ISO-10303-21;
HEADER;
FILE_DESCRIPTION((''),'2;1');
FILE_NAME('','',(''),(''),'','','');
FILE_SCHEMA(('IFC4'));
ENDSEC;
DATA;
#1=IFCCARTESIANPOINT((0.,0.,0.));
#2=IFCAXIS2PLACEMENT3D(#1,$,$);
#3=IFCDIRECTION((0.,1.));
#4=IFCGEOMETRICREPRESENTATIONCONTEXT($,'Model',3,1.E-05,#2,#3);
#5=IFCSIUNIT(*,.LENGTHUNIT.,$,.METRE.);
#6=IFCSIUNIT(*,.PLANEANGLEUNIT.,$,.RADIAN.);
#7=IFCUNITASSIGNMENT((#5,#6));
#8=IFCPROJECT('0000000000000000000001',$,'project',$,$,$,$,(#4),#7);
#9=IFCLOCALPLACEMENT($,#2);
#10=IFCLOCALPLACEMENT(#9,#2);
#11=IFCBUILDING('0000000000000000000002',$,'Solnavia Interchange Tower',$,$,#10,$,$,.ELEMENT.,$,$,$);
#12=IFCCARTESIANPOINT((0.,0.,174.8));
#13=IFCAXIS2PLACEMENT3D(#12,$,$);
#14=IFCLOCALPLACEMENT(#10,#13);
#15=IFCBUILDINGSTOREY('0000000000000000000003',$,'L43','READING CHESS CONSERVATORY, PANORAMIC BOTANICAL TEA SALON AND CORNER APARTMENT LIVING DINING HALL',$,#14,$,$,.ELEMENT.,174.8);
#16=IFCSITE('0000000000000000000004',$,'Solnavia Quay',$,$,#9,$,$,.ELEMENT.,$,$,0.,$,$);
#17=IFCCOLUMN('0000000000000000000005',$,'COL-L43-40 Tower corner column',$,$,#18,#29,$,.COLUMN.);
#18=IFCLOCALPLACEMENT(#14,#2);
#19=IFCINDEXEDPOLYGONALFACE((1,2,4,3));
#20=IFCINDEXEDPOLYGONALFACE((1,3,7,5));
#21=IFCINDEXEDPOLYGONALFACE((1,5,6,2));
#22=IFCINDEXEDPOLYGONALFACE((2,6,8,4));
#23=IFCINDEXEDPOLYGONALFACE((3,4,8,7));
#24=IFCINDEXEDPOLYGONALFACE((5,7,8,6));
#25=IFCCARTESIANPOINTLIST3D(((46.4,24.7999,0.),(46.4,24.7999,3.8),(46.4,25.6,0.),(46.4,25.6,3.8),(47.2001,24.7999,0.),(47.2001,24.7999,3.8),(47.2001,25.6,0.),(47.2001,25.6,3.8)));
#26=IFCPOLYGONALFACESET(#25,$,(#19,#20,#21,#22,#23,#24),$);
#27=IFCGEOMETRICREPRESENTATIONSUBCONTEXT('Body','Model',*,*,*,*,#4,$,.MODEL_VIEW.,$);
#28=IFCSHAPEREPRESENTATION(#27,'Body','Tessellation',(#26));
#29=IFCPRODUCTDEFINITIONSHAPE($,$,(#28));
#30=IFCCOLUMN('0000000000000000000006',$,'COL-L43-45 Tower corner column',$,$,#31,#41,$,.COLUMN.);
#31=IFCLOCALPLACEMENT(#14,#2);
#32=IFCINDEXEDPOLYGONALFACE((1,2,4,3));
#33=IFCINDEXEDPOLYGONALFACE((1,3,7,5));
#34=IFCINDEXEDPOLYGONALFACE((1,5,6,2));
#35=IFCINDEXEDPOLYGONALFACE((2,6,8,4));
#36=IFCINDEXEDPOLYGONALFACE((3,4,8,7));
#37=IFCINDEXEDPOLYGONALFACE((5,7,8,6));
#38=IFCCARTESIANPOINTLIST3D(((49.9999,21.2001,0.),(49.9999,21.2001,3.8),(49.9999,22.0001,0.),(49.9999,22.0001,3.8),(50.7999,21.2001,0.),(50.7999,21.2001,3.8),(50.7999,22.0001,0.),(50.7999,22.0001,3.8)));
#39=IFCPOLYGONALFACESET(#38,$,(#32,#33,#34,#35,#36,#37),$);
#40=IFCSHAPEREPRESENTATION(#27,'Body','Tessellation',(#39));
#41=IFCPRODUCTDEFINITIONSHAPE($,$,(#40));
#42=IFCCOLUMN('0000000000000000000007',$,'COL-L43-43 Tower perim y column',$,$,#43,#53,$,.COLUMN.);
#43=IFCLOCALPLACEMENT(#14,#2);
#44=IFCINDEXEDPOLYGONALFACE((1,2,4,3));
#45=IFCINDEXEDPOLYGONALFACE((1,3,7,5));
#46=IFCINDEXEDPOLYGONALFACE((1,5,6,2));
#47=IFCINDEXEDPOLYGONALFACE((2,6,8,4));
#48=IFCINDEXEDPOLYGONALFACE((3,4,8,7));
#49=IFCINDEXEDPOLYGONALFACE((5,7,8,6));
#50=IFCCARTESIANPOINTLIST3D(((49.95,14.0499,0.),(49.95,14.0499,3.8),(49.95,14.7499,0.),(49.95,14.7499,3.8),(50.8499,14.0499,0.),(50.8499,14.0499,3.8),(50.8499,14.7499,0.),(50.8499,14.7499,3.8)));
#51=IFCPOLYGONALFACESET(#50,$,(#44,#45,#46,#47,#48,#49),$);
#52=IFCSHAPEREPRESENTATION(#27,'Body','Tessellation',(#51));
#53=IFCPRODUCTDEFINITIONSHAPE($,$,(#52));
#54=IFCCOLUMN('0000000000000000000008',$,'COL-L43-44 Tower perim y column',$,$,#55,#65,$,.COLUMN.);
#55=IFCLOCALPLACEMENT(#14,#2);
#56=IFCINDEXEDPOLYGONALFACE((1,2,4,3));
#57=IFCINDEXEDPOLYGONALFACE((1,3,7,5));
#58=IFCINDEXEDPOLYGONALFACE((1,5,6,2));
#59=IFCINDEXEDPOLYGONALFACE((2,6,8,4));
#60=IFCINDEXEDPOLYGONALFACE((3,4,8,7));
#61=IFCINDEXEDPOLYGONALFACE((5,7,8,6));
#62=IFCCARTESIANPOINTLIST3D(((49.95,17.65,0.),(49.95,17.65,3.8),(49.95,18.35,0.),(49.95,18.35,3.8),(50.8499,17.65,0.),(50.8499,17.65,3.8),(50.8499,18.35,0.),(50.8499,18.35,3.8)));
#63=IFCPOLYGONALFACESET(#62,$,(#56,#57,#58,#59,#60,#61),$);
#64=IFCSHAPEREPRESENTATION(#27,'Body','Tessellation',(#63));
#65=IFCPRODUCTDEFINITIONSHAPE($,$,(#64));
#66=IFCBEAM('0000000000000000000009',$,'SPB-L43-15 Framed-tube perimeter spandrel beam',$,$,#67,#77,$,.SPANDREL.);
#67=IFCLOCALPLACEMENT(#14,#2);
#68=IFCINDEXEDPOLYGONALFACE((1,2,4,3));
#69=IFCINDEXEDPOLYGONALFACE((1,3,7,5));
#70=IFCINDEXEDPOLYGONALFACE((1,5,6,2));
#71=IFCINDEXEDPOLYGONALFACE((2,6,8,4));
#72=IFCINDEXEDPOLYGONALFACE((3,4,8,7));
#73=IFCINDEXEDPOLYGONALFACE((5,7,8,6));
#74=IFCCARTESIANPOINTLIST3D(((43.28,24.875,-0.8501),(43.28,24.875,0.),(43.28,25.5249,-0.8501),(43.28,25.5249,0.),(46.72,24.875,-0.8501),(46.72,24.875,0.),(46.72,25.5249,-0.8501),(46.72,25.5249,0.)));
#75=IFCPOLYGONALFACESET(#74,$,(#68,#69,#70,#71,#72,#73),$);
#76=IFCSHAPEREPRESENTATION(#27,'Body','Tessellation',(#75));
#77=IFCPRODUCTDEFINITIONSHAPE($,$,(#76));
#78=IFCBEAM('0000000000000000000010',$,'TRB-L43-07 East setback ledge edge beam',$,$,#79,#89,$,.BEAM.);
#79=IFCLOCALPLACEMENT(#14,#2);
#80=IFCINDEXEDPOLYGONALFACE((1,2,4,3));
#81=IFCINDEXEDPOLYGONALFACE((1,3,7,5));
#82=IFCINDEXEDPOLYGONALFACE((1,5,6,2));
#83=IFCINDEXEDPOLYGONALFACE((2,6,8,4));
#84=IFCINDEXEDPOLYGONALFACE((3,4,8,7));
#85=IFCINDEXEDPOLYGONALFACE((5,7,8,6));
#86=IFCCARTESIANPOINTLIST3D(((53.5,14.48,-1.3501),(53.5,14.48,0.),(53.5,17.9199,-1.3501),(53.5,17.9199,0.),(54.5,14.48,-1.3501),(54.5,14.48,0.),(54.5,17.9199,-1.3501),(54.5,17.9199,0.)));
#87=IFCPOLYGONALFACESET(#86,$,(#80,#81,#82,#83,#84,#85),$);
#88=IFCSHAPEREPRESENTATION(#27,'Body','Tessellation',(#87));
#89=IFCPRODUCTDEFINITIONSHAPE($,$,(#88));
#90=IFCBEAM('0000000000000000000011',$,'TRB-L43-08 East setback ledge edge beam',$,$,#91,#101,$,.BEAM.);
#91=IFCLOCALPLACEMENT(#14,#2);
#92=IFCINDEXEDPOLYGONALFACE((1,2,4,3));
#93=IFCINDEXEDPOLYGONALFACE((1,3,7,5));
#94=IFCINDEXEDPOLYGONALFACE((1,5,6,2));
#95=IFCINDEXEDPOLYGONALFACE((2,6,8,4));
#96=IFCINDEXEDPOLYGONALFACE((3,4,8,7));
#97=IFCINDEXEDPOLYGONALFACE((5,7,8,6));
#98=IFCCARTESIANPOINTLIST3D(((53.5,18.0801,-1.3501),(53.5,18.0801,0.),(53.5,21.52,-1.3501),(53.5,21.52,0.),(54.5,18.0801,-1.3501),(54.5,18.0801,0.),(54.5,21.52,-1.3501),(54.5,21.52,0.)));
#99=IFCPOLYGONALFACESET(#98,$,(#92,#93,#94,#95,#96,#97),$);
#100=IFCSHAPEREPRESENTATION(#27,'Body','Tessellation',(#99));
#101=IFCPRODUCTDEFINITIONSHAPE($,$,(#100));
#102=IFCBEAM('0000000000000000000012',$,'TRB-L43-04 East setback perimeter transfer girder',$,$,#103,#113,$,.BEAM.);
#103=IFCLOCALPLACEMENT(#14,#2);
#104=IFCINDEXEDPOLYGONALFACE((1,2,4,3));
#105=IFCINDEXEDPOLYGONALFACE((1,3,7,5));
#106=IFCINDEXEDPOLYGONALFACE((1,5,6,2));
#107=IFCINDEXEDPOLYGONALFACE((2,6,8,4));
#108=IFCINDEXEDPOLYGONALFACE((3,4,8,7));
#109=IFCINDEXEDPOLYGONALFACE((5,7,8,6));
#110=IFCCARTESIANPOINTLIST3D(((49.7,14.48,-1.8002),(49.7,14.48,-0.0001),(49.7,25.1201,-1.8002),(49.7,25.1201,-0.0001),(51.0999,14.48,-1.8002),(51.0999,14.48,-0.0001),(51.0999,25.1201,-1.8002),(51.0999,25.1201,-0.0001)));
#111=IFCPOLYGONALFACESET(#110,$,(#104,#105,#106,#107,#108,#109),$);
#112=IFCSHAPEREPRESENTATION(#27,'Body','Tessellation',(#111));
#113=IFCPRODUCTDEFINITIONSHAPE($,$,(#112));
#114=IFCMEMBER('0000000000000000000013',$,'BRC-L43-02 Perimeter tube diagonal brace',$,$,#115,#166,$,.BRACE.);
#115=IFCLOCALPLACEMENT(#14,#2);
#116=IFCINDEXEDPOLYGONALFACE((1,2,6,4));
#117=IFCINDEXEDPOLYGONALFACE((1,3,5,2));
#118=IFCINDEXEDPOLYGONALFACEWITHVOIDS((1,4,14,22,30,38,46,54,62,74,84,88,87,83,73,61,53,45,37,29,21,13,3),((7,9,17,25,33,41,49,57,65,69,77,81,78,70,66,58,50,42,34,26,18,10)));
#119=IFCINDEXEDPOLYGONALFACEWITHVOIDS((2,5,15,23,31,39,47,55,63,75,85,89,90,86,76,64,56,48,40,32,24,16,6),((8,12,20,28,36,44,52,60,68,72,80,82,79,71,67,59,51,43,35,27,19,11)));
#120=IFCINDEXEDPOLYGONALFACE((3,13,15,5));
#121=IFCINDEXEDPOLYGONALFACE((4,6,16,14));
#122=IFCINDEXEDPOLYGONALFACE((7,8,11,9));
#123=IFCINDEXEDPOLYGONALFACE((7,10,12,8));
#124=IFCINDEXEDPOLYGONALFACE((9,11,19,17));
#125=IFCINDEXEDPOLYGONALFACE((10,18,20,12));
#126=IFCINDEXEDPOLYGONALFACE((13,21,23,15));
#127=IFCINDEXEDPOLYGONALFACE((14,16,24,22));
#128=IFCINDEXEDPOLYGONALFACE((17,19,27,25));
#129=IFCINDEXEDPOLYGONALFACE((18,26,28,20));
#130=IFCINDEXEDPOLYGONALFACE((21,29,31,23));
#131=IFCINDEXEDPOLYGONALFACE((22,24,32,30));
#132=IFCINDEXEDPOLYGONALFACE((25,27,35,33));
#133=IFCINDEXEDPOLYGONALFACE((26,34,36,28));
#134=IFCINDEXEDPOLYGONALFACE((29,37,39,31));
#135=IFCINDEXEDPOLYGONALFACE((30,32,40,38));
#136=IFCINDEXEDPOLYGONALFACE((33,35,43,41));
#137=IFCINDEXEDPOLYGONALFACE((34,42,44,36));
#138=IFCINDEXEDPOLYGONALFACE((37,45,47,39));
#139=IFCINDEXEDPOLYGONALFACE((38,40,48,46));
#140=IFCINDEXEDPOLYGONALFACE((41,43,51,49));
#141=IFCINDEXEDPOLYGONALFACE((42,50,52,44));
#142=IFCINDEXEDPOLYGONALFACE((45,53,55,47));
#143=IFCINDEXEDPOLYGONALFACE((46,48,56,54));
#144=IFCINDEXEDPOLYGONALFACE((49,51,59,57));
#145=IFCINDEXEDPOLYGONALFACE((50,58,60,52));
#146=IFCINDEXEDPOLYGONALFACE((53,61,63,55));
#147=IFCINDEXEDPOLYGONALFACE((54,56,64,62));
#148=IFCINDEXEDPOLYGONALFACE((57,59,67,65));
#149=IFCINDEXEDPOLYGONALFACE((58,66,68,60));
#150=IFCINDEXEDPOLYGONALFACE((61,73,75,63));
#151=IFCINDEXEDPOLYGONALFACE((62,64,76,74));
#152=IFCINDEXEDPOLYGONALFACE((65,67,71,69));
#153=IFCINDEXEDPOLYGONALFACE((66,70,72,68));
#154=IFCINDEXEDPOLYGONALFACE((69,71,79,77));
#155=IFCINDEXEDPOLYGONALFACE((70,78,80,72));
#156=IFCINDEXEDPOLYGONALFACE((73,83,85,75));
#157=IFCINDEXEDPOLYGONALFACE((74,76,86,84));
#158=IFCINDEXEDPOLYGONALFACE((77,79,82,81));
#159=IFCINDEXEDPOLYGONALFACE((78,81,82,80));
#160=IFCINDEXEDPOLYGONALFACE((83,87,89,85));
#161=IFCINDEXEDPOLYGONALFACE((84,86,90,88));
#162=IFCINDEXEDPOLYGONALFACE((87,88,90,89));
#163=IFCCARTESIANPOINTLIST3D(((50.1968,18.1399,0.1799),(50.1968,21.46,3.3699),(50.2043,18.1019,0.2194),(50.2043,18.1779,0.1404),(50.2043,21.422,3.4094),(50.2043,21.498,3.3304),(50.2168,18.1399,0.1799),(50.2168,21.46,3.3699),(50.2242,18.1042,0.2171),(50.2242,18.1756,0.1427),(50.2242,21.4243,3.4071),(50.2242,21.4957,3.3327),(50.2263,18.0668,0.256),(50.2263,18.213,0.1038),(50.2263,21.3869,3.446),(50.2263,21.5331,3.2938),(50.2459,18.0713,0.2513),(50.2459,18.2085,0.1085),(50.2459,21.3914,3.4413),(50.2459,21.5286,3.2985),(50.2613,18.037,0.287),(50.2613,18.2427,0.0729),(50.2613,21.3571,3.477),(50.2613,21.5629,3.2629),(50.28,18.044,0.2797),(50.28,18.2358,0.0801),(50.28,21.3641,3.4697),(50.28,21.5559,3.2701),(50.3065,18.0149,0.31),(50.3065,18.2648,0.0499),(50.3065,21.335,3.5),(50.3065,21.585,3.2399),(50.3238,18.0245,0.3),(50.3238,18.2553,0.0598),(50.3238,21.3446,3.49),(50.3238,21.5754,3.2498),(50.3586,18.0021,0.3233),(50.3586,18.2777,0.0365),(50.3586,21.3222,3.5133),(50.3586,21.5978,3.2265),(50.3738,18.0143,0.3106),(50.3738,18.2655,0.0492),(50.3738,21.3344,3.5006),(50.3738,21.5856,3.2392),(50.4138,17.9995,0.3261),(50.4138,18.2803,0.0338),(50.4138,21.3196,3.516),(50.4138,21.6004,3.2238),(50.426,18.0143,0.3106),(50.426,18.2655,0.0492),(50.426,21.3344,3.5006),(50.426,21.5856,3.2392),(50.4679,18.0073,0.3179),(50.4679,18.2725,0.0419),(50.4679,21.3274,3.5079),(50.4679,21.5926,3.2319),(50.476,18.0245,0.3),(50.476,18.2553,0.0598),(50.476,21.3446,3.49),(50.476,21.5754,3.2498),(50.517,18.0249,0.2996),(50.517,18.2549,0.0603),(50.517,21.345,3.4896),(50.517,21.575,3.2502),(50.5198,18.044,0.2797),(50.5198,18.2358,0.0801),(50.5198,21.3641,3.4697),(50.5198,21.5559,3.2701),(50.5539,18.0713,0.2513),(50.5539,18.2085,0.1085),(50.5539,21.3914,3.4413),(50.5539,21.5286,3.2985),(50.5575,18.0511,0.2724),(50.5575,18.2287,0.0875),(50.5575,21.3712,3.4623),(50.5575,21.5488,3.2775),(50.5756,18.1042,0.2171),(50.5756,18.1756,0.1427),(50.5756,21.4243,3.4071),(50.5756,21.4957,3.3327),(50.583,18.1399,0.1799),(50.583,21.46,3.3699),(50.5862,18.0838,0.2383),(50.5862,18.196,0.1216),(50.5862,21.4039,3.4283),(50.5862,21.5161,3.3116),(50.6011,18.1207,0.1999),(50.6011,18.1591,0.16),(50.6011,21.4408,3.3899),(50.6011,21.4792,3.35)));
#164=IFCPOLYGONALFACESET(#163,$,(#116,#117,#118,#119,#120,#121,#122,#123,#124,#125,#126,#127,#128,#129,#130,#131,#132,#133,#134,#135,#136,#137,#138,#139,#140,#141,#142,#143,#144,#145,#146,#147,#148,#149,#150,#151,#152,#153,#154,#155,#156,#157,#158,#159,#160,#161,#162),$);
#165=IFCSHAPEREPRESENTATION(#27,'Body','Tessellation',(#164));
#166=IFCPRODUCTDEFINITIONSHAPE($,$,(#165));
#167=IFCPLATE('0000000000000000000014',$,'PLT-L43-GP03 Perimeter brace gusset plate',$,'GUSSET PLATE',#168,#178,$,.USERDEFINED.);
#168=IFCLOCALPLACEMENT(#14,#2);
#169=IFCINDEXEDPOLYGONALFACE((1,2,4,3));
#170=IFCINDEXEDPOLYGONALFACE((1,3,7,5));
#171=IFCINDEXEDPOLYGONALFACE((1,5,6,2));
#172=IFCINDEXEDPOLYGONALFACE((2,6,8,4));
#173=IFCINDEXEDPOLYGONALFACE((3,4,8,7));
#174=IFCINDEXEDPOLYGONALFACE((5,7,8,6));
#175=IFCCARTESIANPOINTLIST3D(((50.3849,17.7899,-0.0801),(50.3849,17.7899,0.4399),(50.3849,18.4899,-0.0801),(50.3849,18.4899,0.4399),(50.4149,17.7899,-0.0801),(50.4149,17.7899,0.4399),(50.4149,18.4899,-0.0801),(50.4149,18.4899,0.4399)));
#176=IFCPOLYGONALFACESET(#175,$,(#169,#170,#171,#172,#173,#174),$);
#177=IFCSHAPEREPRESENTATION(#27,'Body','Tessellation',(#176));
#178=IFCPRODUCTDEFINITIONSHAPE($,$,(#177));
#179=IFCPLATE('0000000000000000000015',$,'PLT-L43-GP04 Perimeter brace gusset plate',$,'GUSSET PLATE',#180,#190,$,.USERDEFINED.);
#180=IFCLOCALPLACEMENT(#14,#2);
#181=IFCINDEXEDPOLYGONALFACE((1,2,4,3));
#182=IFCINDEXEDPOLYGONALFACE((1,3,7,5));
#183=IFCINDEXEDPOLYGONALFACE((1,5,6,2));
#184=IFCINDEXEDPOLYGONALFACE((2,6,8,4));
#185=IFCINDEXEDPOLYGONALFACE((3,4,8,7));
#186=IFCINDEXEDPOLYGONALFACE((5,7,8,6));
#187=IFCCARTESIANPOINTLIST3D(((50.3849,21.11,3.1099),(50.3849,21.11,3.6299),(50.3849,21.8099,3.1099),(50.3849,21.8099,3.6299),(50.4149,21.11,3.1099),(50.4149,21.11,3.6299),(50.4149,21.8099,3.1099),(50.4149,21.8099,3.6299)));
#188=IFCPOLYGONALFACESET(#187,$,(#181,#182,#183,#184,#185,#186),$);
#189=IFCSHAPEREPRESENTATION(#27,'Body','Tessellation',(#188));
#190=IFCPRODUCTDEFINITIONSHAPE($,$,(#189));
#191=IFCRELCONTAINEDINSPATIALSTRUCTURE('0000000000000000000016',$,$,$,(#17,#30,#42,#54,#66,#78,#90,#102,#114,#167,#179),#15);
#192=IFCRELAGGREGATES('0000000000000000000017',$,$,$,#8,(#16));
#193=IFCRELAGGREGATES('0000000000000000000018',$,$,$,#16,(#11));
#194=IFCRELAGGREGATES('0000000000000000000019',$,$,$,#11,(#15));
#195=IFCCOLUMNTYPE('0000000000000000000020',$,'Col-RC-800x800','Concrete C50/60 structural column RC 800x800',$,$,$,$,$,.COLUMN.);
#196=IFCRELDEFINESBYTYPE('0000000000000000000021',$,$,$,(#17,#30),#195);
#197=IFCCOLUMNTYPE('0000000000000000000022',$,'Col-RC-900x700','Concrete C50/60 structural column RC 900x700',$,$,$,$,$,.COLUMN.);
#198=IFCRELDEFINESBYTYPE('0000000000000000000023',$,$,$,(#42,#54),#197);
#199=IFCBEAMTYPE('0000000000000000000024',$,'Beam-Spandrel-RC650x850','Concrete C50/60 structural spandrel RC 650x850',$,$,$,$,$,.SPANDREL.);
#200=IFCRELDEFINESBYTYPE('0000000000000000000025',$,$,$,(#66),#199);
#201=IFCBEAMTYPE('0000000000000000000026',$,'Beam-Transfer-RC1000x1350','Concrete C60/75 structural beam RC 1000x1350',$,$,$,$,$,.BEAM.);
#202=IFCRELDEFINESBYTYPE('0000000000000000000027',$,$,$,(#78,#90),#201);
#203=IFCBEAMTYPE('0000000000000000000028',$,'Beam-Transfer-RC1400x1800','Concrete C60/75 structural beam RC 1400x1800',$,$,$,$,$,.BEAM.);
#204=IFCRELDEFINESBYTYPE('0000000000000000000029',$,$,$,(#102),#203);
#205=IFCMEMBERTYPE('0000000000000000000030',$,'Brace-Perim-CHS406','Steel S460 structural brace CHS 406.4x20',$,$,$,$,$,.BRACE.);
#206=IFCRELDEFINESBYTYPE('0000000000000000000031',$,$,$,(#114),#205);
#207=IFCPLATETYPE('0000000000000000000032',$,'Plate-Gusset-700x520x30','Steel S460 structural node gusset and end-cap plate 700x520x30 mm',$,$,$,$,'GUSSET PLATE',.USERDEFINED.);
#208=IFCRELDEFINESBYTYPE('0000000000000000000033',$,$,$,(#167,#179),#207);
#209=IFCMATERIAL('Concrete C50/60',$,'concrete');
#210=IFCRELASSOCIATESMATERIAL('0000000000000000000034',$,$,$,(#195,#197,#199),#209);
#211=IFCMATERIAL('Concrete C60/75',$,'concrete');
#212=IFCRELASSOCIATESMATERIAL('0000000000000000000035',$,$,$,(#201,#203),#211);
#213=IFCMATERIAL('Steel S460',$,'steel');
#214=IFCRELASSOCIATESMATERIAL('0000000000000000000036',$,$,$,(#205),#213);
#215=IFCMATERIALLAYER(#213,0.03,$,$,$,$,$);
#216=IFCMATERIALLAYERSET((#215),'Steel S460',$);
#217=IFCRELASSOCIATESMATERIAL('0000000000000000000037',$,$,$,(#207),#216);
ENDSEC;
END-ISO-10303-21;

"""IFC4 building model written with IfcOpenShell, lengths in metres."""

from ifc_helpers import new_model, si_unit, direction, frame, origin, origin_2d, place, context, subcontext, project, spatial, rectangle, hollow_circle, extrude, material, layer, layer_set, material_profile, profile_set, type_object, element, save


model = new_model("IFC4")

# Units and contexts
model_context = context("Model", 3, precision=1e-05, world=origin(), true_north=direction((0.0, 1.0)))
body_context = subcontext(model_context, "Body", "Model", "MODEL_VIEW")
ifc_project = project(units=[si_unit("LENGTHUNIT", "METRE"), si_unit("PLANEANGLEUNIT", "RADIAN")], contexts=[model_context])

# Site, building, storey
site_placement = place(None, origin())
site = spatial("IfcSite", under=ifc_project, at=site_placement, Name="Solnavia Quay", CompositionType="ELEMENT", RefElevation=0.0)
building_placement = place(site_placement, origin())
building = spatial("IfcBuilding", under=site, at=building_placement, Name="Solnavia Interchange Tower", CompositionType="ELEMENT")
storey_placement = place(building_placement, frame((0.0, 0.0, 174.8)))
storey = spatial("IfcBuildingStorey", under=building, at=storey_placement, Name="L43", Description="READING CHESS CONSERVATORY, PANORAMIC BOTANICAL TEA SALON AND CORNER APARTMENT LIVING DINING HALL", CompositionType="ELEMENT", Elevation=174.8)

# Columns
ifc_material_1 = material(Name="Concrete C50/60", Category="concrete")
ifc_material_profile_1 = material_profile(ifc_material_1, rectangle(XDim=0.8, YDim=0.8, at=origin_2d()), Name="RC 800x800")
ifc_profile_set_1 = profile_set([ifc_material_profile_1], Name="Concrete C50/60")
column_type_1 = type_object("IfcColumnType", Name="Col-RC-800x800", Description="Concrete C50/60 structural column RC 800x800", PredefinedType="COLUMN", material=ifc_profile_set_1)
for number, where, z_axis, x_axis, name in (
    (1, (46.8, 25.2, 0.0), (0.0, 0.0, 1.0), (1.0, 0.0, 0.0), "COL-L43-40 Tower corner column"),
    (2, (50.3999, 21.6001, 0.0), (0.0, 0.0, 1.0), (0.0, 1.0, 0.0), "COL-L43-45 Tower corner column"),
):
    element("IfcColumn", number, at=place(storey_placement, frame(where, z_axis=z_axis, x_axis=x_axis)), inside=storey, type_object=column_type_1, Name=name, PredefinedType="COLUMN", context=body_context, shape_type="SweptSolid", body=[
        extrude(rectangle(XDim=0.8, YDim=0.8, at=origin_2d()), origin(), (0.0, 0.0, 1.0), 3.8),
    ])
ifc_material_profile_2 = material_profile(ifc_material_1, rectangle(XDim=0.7, YDim=0.8999, at=origin_2d()), Name="RC 900x700")
ifc_profile_set_2 = profile_set([ifc_material_profile_2], Name="Concrete C50/60")
column_type_2 = type_object("IfcColumnType", Name="Col-RC-900x700", Description="Concrete C50/60 structural column RC 900x700", PredefinedType="COLUMN", material=ifc_profile_set_2)
for number, where, z_axis, x_axis, name in (
    (3, (50.3999, 14.3999, 0.0), (0.0, 0.0, 1.0), (0.0, 1.0, 0.0), "COL-L43-43 Tower perim y column"),
    (4, (50.3999, 18.0, 0.0), (0.0, 0.0, 1.0), (0.0, 1.0, 0.0), "COL-L43-44 Tower perim y column"),
):
    element("IfcColumn", number, at=place(storey_placement, frame(where, z_axis=z_axis, x_axis=x_axis)), inside=storey, type_object=column_type_2, Name=name, PredefinedType="COLUMN", context=body_context, shape_type="SweptSolid", body=[
        extrude(rectangle(XDim=0.7, YDim=0.8999, at=origin_2d()), origin(), (0.0, 0.0, 1.0), 3.8),
    ])

# Beams
ifc_material_profile_3 = material_profile(ifc_material_1, rectangle(XDim=0.6499, YDim=0.8501, at=origin_2d()), Name="RC 650x850")
ifc_profile_set_3 = profile_set([ifc_material_profile_3], Name="Concrete C50/60")
beam_type_1 = type_object("IfcBeamType", Name="Beam-Spandrel-RC650x850", Description="Concrete C50/60 structural spandrel RC 650x850", PredefinedType="SPANDREL", material=ifc_profile_set_3)
beam_1_placement = place(storey_placement, frame((46.72, 25.2, -0.425), z_axis=(-1.0, 0.0, 0.0), x_axis=(0.0, -1.0, 0.0)))
element("IfcBeam", 5, at=beam_1_placement, inside=storey, type_object=beam_type_1, Name="SPB-L43-15 Framed-tube perimeter spandrel beam", PredefinedType="SPANDREL", context=body_context, shape_type="SweptSolid", body=[
    extrude(rectangle(XDim=0.6499, YDim=0.8501, at=origin_2d()), origin(), (0.0, 0.0, 1.0), 3.4399),
])
ifc_material_2 = material(Name="Concrete C60/75", Category="concrete")
ifc_material_profile_4 = material_profile(ifc_material_2, rectangle(XDim=1.0, YDim=1.3501, at=origin_2d()), Name="RC 1000x1350")
ifc_profile_set_4 = profile_set([ifc_material_profile_4], Name="Concrete C60/75")
beam_type_2 = type_object("IfcBeamType", Name="Beam-Transfer-RC1000x1350", Description="Concrete C60/75 structural beam RC 1000x1350", PredefinedType="BEAM", material=ifc_profile_set_4)
for number, where, z_axis, x_axis, name in (
    (6, (54.0, 14.48, -0.675), (0.0, 1.0, 0.0), (-1.0, 0.0, 0.0), "TRB-L43-07 East setback ledge edge beam"),
    (7, (54.0, 18.0801, -0.675), (0.0, 1.0, 0.0), (-1.0, 0.0, 0.0), "TRB-L43-08 East setback ledge edge beam"),
):
    element("IfcBeam", number, at=place(storey_placement, frame(where, z_axis=z_axis, x_axis=x_axis)), inside=storey, type_object=beam_type_2, Name=name, PredefinedType="BEAM", context=body_context, shape_type="SweptSolid", body=[
        extrude(rectangle(XDim=1.0, YDim=1.3501, at=origin_2d()), origin(), (0.0, 0.0, 1.0), 3.4399),
    ])
ifc_material_profile_5 = material_profile(ifc_material_2, rectangle(XDim=1.3999, YDim=1.8, at=origin_2d()), Name="RC 1400x1800")
ifc_profile_set_5 = profile_set([ifc_material_profile_5], Name="Concrete C60/75")
beam_type_3 = type_object("IfcBeamType", Name="Beam-Transfer-RC1400x1800", Description="Concrete C60/75 structural beam RC 1400x1800", PredefinedType="BEAM", material=ifc_profile_set_5)
beam_2_placement = place(storey_placement, frame((50.3999, 14.48, -0.9001), z_axis=(0.0, 1.0, 0.0), x_axis=(-1.0, 0.0, 0.0)))
element("IfcBeam", 8, at=beam_2_placement, inside=storey, type_object=beam_type_3, Name="TRB-L43-04 East setback perimeter transfer girder", PredefinedType="BEAM", context=body_context, shape_type="SweptSolid", body=[
    extrude(rectangle(XDim=1.3999, YDim=1.8, at=origin_2d()), origin(), (0.0, 0.0, 1.0), 10.6401),
])

# Member
ifc_material_3 = material(Name="Steel S460", Category="steel")
ifc_material_profile_6 = material_profile(ifc_material_3, hollow_circle(Radius=0.2031, WallThickness=0.02, at=origin_2d()), Name="CHS 406.4x20")
ifc_profile_set_6 = profile_set([ifc_material_profile_6], Name="Steel S460")
member_type = type_object("IfcMemberType", Name="Brace-Perim-CHS406", Description="Steel S460 structural brace CHS 406.4x20", PredefinedType="BRACE", material=ifc_profile_set_6)
member_placement = place(storey_placement, frame((50.3999, 18.1399, 0.1799), z_axis=(0.0, 0.721097, 0.692834), x_axis=(-1.0, 0.0, 0.0)))
element("IfcMember", 9, at=member_placement, inside=storey, type_object=member_type, Name="BRC-L43-02 Perimeter tube diagonal brace", PredefinedType="BRACE", context=body_context, shape_type="SweptSolid", body=[
    extrude(hollow_circle(Radius=0.2031, WallThickness=0.02, at=origin_2d()), origin(), (0.0, 0.0, 1.0), 4.6042),
])

# Plates
ifc_layer_1 = layer(ifc_material_3, 0.03)
ifc_layer_set_1 = layer_set([ifc_layer_1], Name="Steel S460")
plate_type = type_object("IfcPlateType", Name="Plate-Gusset-700x520x30", Description="Steel S460 structural node gusset and end-cap plate 700x520x30 mm", ElementType="GUSSET PLATE", PredefinedType="USERDEFINED", material=ifc_layer_set_1)
for number, where, z_axis, x_axis, name in (
    (10, (50.3999, 18.1399, -0.0801), (0.0, 0.0, 1.0), (0.0, 1.0, 0.0), "PLT-L43-GP03 Perimeter brace gusset plate"),
    (11, (50.3999, 21.46, 3.1099), (0.0, 0.0, 1.0), (0.0, 1.0, 0.0), "PLT-L43-GP04 Perimeter brace gusset plate"),
):
    element("IfcPlate", number, at=place(storey_placement, frame(where, z_axis=z_axis, x_axis=x_axis)), inside=storey, type_object=plate_type, Name=name, ObjectType="GUSSET PLATE", PredefinedType="USERDEFINED", context=body_context, shape_type="SweptSolid", body=[
        extrude(rectangle(XDim=0.7, YDim=0.03, at=origin_2d()), origin(), (0.0, 0.0, 1.0), 0.52),
    ])

save(model, "model.ifc")
